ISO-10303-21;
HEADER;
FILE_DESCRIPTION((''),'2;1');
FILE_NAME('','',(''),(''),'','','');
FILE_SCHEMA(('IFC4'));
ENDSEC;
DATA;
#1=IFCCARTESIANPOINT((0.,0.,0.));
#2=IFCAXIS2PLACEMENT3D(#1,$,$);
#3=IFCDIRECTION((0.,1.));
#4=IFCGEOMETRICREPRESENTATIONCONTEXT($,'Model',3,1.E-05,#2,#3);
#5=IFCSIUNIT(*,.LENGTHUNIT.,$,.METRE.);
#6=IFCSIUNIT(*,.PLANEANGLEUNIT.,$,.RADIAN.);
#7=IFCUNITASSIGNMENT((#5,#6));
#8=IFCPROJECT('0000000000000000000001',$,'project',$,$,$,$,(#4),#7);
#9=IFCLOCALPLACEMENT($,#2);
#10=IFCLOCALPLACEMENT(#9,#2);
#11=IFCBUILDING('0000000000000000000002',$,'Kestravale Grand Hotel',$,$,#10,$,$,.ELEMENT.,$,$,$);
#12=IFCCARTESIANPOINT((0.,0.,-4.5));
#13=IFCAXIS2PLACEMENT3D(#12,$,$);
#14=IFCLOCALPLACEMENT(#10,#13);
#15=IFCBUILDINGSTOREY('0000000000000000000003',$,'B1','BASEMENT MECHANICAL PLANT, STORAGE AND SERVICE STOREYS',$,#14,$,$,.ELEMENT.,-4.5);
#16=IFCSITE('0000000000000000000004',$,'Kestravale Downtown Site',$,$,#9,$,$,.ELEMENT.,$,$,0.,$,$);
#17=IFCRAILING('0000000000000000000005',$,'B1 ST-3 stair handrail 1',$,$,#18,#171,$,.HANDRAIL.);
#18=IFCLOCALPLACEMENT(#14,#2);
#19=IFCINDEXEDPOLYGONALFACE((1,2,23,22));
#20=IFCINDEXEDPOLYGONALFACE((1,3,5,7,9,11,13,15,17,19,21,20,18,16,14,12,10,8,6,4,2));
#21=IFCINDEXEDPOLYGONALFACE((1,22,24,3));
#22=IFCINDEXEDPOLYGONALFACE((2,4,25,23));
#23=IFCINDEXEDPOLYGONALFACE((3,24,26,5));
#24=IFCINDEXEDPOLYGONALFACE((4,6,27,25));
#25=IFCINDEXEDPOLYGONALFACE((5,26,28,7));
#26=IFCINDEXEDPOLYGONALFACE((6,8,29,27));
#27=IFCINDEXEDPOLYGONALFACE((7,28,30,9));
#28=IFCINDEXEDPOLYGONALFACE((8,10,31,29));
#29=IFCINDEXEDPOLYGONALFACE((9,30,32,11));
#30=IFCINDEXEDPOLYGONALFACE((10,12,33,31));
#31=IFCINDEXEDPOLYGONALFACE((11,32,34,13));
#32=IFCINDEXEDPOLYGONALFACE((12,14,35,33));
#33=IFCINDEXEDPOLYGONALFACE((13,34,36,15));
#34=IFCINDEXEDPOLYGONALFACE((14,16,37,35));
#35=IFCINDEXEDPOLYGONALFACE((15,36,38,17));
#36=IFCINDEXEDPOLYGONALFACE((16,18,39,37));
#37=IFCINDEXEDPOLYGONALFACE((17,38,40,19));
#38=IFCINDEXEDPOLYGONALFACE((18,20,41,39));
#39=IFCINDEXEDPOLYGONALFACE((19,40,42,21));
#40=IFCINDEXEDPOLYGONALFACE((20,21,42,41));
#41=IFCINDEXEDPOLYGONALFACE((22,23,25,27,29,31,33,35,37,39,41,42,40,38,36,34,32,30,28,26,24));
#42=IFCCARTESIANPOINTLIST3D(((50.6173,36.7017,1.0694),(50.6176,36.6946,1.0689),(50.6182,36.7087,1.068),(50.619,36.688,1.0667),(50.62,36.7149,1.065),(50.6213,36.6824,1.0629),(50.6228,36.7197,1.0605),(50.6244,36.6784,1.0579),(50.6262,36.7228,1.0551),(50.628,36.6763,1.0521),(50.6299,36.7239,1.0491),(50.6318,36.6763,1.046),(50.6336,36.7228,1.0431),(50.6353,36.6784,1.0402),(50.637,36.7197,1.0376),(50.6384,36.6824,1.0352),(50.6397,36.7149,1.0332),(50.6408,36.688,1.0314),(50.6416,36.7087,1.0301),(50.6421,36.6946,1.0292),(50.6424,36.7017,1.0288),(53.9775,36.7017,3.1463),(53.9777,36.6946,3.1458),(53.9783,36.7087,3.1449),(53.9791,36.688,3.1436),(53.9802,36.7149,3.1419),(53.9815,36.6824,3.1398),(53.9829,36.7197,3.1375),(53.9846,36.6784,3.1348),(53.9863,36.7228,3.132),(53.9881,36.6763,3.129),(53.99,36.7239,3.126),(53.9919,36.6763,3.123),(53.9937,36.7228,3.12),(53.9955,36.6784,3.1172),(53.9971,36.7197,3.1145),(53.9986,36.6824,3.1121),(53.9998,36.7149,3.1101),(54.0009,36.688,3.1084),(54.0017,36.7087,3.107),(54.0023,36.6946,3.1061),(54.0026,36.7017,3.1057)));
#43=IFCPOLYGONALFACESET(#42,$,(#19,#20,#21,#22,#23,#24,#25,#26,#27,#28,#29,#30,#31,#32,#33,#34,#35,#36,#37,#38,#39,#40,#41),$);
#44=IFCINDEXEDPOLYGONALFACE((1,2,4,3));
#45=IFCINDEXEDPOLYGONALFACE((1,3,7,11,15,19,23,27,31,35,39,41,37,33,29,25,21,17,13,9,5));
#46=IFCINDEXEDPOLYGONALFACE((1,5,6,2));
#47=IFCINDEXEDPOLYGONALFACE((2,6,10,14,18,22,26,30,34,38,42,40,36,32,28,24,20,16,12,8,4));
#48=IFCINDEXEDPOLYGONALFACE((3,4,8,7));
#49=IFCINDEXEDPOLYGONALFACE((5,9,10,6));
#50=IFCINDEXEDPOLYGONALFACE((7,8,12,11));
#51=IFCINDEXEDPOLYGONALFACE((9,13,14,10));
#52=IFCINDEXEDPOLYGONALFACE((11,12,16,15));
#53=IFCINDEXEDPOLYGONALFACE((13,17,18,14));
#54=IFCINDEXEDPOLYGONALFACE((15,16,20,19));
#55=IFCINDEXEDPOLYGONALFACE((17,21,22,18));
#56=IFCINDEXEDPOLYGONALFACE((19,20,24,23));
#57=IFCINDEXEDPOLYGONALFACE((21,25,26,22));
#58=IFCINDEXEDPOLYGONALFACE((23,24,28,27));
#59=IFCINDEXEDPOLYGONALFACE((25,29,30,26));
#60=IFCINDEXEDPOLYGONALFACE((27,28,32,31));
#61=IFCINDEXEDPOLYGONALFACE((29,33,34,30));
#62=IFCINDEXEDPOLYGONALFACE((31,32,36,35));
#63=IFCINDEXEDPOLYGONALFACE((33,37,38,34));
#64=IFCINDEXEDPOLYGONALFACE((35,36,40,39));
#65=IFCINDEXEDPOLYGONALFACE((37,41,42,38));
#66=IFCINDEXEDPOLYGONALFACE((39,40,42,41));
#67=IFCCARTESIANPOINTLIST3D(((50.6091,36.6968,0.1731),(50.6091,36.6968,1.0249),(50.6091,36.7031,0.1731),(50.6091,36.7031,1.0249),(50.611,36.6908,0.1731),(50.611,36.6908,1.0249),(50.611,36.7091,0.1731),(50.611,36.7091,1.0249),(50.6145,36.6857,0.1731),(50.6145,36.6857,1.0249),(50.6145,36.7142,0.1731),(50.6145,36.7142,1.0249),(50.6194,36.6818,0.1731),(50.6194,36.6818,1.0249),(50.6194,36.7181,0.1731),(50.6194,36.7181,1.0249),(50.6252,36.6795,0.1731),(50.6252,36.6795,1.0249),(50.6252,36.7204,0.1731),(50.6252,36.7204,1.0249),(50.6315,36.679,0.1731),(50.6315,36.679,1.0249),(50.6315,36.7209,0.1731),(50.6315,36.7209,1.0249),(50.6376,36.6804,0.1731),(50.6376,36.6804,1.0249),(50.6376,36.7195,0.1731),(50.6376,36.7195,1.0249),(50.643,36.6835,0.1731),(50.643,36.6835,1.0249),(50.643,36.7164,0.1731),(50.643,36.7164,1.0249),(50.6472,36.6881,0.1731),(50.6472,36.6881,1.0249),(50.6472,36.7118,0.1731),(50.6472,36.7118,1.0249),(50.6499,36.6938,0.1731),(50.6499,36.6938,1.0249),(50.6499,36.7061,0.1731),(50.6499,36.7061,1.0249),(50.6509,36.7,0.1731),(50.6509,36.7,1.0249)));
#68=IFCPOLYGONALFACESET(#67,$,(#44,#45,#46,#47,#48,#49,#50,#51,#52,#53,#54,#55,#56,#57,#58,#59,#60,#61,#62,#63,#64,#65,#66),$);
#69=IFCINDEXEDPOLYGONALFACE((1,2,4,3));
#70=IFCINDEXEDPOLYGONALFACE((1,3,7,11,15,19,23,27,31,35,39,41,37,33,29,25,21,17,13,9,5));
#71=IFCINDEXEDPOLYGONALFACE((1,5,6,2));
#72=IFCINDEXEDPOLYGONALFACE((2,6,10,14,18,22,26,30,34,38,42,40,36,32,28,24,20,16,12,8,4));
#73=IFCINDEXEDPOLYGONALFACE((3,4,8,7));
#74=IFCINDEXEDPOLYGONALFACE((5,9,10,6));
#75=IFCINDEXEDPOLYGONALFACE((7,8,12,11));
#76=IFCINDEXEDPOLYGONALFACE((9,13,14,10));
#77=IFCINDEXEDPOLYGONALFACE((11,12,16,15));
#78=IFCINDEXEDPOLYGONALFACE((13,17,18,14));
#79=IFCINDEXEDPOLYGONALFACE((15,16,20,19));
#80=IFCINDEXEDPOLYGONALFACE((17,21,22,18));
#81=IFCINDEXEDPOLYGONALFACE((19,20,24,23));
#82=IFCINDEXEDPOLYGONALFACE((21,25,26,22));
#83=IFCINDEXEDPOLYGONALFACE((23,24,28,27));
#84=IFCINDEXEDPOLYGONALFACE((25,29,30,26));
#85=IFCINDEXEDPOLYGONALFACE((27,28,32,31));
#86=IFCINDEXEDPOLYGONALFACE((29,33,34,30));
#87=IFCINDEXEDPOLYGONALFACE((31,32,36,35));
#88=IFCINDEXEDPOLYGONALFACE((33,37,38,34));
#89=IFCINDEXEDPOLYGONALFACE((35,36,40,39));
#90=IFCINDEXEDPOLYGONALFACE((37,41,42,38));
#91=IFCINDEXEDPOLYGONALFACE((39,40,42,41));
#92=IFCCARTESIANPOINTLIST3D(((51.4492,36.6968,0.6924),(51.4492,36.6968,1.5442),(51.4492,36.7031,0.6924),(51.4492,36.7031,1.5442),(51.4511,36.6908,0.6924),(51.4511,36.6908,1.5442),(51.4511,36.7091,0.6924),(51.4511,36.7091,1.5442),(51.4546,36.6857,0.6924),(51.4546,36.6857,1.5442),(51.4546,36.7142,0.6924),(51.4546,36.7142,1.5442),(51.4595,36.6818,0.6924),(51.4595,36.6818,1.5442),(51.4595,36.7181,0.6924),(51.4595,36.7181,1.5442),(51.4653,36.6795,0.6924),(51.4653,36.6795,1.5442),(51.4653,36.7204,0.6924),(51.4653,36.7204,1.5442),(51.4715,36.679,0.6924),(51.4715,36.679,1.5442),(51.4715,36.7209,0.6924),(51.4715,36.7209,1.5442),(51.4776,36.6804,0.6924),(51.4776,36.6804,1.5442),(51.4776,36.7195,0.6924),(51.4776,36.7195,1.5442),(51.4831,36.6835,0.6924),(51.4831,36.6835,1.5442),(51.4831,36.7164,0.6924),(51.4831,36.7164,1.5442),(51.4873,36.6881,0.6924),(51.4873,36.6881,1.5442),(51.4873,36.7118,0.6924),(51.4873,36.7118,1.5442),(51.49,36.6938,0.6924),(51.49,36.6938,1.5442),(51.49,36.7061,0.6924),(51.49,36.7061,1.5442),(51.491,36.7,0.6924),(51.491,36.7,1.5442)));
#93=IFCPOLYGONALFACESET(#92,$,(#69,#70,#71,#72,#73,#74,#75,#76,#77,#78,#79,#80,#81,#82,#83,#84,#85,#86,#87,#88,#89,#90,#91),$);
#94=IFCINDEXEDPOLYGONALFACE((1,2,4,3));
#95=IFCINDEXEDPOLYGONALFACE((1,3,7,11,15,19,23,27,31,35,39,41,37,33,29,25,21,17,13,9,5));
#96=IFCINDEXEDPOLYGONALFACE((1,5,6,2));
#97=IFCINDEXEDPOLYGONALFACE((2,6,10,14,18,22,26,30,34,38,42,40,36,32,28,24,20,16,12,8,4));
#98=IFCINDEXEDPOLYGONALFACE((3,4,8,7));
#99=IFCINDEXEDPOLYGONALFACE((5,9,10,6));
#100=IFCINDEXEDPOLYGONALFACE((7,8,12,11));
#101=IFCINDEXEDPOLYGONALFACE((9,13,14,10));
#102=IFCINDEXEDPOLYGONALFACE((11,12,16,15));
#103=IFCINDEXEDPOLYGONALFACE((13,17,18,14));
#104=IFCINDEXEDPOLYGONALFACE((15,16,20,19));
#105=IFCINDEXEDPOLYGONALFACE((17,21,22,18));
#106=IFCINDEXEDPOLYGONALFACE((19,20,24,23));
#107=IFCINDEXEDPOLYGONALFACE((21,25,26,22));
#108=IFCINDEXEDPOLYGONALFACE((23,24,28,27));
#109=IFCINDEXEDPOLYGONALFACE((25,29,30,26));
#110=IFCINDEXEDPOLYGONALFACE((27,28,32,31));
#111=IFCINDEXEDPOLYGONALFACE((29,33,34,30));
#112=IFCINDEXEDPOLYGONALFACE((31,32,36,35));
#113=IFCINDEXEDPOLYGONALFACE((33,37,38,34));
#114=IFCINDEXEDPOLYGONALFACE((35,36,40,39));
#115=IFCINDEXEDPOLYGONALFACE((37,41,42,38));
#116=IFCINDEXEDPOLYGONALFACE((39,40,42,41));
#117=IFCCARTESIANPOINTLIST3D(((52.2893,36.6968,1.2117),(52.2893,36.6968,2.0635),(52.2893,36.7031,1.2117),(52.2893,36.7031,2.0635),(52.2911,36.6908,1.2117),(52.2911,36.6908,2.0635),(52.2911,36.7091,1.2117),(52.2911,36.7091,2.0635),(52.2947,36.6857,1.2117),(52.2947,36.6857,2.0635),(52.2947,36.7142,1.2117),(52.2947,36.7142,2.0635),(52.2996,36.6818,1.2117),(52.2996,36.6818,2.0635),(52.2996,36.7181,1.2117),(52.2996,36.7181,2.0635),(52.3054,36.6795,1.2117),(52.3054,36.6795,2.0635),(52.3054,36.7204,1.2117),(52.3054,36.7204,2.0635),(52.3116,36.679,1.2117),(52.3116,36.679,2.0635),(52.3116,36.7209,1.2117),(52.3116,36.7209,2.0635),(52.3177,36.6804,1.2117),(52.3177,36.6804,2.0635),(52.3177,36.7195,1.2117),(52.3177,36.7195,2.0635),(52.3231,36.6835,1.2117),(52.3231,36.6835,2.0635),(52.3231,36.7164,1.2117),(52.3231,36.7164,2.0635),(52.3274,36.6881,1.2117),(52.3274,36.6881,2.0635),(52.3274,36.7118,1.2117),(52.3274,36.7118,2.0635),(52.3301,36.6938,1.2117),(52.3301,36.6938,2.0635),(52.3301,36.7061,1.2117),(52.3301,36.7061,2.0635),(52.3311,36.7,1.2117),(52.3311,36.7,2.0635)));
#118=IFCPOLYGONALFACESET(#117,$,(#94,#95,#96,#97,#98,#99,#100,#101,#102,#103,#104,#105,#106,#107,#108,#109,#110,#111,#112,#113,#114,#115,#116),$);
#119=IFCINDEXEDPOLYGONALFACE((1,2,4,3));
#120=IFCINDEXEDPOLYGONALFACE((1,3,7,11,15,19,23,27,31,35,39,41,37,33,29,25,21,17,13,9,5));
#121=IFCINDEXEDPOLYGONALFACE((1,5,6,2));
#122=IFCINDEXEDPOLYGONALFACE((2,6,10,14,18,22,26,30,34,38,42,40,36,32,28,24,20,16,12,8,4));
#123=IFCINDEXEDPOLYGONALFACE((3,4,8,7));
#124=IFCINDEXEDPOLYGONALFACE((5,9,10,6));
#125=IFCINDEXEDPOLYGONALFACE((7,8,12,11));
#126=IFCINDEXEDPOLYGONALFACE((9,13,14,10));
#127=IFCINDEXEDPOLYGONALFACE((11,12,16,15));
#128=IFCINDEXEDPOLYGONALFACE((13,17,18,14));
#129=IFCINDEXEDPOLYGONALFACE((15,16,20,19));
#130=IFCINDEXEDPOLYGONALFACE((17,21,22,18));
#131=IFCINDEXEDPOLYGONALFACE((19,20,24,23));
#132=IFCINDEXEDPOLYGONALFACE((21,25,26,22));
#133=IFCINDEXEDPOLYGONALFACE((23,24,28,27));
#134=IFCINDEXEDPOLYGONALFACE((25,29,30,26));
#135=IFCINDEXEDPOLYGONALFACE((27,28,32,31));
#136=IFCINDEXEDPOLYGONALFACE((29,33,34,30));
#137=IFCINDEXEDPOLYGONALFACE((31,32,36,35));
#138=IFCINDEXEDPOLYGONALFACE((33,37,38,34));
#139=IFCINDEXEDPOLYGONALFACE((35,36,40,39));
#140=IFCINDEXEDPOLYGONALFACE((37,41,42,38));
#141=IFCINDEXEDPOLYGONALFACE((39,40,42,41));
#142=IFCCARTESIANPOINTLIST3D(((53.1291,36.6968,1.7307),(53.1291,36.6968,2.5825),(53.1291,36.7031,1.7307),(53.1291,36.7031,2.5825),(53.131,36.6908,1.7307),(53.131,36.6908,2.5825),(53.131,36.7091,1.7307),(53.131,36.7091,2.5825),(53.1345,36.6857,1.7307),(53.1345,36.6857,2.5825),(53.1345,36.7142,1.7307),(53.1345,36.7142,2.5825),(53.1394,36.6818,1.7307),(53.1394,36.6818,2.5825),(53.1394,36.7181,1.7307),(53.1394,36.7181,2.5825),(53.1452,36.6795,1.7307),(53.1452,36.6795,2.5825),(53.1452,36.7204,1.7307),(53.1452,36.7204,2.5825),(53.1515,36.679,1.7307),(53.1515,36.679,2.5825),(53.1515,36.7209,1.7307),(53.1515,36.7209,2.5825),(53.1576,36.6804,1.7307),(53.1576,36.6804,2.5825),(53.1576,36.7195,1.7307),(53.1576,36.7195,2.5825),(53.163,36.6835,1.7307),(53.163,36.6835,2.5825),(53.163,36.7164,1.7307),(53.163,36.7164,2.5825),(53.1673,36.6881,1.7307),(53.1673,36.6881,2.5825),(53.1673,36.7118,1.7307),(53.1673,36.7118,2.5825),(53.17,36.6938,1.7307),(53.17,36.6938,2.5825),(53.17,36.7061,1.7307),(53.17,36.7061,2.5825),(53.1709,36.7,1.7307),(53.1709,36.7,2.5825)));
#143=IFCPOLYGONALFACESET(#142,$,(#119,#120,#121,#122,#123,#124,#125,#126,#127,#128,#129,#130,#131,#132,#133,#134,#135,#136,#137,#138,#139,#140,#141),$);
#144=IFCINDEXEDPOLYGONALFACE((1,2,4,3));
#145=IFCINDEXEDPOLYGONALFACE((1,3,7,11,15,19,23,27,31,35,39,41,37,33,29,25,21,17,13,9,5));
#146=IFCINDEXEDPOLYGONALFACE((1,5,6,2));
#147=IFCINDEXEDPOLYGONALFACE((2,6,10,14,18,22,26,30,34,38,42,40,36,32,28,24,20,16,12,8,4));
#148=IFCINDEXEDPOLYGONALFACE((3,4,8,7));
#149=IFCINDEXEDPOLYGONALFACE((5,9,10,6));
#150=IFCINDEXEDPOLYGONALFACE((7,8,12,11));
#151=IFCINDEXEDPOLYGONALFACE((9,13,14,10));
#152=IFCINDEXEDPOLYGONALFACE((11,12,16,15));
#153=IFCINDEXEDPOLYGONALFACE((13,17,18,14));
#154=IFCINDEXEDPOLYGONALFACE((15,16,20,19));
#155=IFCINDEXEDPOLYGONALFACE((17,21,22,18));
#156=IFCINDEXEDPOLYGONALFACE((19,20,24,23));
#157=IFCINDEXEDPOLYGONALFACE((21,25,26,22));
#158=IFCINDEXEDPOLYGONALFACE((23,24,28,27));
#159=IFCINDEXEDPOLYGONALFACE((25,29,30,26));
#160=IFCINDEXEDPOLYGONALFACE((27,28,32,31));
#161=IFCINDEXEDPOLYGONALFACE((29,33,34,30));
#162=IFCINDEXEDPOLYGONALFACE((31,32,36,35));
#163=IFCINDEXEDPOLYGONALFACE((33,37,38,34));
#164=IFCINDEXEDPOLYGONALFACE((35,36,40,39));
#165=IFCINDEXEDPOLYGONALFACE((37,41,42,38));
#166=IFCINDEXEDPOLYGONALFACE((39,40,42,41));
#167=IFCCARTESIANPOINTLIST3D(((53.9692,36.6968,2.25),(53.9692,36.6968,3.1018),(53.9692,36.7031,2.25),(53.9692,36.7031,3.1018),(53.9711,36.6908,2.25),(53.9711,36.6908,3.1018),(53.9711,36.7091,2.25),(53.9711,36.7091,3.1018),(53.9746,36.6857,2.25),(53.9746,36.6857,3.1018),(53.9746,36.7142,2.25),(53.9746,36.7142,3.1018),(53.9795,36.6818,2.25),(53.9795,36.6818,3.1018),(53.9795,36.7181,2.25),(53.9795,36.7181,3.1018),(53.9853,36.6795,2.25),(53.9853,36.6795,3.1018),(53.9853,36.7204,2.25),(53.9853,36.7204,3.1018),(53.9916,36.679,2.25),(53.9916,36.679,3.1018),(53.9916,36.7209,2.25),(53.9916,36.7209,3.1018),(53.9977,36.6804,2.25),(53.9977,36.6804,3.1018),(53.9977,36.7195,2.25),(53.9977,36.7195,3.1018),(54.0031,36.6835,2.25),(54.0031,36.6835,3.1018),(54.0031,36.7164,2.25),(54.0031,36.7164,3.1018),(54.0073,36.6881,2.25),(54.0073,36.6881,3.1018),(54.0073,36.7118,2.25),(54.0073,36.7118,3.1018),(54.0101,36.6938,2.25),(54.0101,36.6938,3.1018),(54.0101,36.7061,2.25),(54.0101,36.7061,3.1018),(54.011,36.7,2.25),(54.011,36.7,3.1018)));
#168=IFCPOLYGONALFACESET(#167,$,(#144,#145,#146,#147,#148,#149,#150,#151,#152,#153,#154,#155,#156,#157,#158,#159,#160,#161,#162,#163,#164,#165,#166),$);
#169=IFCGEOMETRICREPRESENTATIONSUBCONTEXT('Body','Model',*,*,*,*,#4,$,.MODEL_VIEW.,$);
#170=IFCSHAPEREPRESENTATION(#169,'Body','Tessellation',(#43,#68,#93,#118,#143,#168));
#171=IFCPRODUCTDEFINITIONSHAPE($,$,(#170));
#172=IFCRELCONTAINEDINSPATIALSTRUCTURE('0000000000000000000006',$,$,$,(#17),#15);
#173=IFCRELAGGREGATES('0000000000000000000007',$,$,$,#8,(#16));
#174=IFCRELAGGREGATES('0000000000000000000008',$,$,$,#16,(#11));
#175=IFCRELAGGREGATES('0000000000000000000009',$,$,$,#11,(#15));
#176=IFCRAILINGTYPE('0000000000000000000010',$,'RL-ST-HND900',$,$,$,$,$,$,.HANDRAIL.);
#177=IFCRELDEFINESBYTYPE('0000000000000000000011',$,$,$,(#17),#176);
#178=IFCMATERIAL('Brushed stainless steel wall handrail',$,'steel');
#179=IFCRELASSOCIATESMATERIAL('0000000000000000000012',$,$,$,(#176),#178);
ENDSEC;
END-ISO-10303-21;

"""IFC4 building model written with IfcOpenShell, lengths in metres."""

from ifc_helpers import new_model, si_unit, direction, frame, origin, origin_2d, place, context, subcontext, project, spatial, circle, extrude, material, type_object, element, save


model = new_model("IFC4")

# Units and contexts
model_context = context("Model", 3, precision=1e-05, world=origin(), true_north=direction((0.0, 1.0)))
body_context = subcontext(model_context, "Body", "Model", "MODEL_VIEW")
ifc_project = project(units=[si_unit("LENGTHUNIT", "METRE"), si_unit("PLANEANGLEUNIT", "RADIAN")], contexts=[model_context])

# Site, building, storey
site_placement = place(None, origin())
site = spatial("IfcSite", under=ifc_project, at=site_placement, Name="Kestravale Downtown Site", CompositionType="ELEMENT", RefElevation=0.0)
building_placement = place(site_placement, origin())
building = spatial("IfcBuilding", under=site, at=building_placement, Name="Kestravale Grand Hotel", CompositionType="ELEMENT")
storey_placement = place(building_placement, frame((0.0, 0.0, -4.5)))
storey = spatial("IfcBuildingStorey", under=building, at=storey_placement, Name="B1", Description="BASEMENT MECHANICAL PLANT, STORAGE AND SERVICE STOREYS", CompositionType="ELEMENT", Elevation=-4.5)

# Railing
ifc_material_1 = material(Name="Brushed stainless steel wall handrail", Category="steel")
railing_type_1 = type_object("IfcRailingType", Name="RL-ST-HND900", PredefinedType="HANDRAIL", material=ifc_material_1)
railing_1_placement = place(storey_placement, frame((50.6299, 36.7, 0.1731)))
element("IfcRailing", 1, at=railing_1_placement, inside=storey, type_object=railing_type_1, Name="B1 ST-3 stair handrail 1", PredefinedType="HANDRAIL", context=body_context, shape_type="SweptSolid", body=[
    extrude(circle(Radius=0.0239, at=origin_2d()), frame((0.0, 0.0, 0.876), z_axis=(0.850623, 0.0, 0.525776), x_axis=(0.0, 1.0, 0.0)), (0.0, 0.0, 1.0), 3.9502),
    extrude(circle(Radius=0.021, at=origin_2d()), origin(), (0.0, 0.0, 1.0), 0.8518),
    extrude(circle(Radius=0.021, at=origin_2d()), frame((0.8401, 0.0, 0.5193)), (0.0, 0.0, 1.0), 0.8518),
    extrude(circle(Radius=0.021, at=origin_2d()), frame((1.6802, 0.0, 1.0386)), (0.0, 0.0, 1.0), 0.8518),
    extrude(circle(Radius=0.021, at=origin_2d()), frame((2.52, 0.0, 1.5576)), (0.0, 0.0, 1.0), 0.8518),
    extrude(circle(Radius=0.021, at=origin_2d()), frame((3.3601, 0.0, 2.0769)), (0.0, 0.0, 1.0), 0.8518),
])

save(model, "model.ifc")
